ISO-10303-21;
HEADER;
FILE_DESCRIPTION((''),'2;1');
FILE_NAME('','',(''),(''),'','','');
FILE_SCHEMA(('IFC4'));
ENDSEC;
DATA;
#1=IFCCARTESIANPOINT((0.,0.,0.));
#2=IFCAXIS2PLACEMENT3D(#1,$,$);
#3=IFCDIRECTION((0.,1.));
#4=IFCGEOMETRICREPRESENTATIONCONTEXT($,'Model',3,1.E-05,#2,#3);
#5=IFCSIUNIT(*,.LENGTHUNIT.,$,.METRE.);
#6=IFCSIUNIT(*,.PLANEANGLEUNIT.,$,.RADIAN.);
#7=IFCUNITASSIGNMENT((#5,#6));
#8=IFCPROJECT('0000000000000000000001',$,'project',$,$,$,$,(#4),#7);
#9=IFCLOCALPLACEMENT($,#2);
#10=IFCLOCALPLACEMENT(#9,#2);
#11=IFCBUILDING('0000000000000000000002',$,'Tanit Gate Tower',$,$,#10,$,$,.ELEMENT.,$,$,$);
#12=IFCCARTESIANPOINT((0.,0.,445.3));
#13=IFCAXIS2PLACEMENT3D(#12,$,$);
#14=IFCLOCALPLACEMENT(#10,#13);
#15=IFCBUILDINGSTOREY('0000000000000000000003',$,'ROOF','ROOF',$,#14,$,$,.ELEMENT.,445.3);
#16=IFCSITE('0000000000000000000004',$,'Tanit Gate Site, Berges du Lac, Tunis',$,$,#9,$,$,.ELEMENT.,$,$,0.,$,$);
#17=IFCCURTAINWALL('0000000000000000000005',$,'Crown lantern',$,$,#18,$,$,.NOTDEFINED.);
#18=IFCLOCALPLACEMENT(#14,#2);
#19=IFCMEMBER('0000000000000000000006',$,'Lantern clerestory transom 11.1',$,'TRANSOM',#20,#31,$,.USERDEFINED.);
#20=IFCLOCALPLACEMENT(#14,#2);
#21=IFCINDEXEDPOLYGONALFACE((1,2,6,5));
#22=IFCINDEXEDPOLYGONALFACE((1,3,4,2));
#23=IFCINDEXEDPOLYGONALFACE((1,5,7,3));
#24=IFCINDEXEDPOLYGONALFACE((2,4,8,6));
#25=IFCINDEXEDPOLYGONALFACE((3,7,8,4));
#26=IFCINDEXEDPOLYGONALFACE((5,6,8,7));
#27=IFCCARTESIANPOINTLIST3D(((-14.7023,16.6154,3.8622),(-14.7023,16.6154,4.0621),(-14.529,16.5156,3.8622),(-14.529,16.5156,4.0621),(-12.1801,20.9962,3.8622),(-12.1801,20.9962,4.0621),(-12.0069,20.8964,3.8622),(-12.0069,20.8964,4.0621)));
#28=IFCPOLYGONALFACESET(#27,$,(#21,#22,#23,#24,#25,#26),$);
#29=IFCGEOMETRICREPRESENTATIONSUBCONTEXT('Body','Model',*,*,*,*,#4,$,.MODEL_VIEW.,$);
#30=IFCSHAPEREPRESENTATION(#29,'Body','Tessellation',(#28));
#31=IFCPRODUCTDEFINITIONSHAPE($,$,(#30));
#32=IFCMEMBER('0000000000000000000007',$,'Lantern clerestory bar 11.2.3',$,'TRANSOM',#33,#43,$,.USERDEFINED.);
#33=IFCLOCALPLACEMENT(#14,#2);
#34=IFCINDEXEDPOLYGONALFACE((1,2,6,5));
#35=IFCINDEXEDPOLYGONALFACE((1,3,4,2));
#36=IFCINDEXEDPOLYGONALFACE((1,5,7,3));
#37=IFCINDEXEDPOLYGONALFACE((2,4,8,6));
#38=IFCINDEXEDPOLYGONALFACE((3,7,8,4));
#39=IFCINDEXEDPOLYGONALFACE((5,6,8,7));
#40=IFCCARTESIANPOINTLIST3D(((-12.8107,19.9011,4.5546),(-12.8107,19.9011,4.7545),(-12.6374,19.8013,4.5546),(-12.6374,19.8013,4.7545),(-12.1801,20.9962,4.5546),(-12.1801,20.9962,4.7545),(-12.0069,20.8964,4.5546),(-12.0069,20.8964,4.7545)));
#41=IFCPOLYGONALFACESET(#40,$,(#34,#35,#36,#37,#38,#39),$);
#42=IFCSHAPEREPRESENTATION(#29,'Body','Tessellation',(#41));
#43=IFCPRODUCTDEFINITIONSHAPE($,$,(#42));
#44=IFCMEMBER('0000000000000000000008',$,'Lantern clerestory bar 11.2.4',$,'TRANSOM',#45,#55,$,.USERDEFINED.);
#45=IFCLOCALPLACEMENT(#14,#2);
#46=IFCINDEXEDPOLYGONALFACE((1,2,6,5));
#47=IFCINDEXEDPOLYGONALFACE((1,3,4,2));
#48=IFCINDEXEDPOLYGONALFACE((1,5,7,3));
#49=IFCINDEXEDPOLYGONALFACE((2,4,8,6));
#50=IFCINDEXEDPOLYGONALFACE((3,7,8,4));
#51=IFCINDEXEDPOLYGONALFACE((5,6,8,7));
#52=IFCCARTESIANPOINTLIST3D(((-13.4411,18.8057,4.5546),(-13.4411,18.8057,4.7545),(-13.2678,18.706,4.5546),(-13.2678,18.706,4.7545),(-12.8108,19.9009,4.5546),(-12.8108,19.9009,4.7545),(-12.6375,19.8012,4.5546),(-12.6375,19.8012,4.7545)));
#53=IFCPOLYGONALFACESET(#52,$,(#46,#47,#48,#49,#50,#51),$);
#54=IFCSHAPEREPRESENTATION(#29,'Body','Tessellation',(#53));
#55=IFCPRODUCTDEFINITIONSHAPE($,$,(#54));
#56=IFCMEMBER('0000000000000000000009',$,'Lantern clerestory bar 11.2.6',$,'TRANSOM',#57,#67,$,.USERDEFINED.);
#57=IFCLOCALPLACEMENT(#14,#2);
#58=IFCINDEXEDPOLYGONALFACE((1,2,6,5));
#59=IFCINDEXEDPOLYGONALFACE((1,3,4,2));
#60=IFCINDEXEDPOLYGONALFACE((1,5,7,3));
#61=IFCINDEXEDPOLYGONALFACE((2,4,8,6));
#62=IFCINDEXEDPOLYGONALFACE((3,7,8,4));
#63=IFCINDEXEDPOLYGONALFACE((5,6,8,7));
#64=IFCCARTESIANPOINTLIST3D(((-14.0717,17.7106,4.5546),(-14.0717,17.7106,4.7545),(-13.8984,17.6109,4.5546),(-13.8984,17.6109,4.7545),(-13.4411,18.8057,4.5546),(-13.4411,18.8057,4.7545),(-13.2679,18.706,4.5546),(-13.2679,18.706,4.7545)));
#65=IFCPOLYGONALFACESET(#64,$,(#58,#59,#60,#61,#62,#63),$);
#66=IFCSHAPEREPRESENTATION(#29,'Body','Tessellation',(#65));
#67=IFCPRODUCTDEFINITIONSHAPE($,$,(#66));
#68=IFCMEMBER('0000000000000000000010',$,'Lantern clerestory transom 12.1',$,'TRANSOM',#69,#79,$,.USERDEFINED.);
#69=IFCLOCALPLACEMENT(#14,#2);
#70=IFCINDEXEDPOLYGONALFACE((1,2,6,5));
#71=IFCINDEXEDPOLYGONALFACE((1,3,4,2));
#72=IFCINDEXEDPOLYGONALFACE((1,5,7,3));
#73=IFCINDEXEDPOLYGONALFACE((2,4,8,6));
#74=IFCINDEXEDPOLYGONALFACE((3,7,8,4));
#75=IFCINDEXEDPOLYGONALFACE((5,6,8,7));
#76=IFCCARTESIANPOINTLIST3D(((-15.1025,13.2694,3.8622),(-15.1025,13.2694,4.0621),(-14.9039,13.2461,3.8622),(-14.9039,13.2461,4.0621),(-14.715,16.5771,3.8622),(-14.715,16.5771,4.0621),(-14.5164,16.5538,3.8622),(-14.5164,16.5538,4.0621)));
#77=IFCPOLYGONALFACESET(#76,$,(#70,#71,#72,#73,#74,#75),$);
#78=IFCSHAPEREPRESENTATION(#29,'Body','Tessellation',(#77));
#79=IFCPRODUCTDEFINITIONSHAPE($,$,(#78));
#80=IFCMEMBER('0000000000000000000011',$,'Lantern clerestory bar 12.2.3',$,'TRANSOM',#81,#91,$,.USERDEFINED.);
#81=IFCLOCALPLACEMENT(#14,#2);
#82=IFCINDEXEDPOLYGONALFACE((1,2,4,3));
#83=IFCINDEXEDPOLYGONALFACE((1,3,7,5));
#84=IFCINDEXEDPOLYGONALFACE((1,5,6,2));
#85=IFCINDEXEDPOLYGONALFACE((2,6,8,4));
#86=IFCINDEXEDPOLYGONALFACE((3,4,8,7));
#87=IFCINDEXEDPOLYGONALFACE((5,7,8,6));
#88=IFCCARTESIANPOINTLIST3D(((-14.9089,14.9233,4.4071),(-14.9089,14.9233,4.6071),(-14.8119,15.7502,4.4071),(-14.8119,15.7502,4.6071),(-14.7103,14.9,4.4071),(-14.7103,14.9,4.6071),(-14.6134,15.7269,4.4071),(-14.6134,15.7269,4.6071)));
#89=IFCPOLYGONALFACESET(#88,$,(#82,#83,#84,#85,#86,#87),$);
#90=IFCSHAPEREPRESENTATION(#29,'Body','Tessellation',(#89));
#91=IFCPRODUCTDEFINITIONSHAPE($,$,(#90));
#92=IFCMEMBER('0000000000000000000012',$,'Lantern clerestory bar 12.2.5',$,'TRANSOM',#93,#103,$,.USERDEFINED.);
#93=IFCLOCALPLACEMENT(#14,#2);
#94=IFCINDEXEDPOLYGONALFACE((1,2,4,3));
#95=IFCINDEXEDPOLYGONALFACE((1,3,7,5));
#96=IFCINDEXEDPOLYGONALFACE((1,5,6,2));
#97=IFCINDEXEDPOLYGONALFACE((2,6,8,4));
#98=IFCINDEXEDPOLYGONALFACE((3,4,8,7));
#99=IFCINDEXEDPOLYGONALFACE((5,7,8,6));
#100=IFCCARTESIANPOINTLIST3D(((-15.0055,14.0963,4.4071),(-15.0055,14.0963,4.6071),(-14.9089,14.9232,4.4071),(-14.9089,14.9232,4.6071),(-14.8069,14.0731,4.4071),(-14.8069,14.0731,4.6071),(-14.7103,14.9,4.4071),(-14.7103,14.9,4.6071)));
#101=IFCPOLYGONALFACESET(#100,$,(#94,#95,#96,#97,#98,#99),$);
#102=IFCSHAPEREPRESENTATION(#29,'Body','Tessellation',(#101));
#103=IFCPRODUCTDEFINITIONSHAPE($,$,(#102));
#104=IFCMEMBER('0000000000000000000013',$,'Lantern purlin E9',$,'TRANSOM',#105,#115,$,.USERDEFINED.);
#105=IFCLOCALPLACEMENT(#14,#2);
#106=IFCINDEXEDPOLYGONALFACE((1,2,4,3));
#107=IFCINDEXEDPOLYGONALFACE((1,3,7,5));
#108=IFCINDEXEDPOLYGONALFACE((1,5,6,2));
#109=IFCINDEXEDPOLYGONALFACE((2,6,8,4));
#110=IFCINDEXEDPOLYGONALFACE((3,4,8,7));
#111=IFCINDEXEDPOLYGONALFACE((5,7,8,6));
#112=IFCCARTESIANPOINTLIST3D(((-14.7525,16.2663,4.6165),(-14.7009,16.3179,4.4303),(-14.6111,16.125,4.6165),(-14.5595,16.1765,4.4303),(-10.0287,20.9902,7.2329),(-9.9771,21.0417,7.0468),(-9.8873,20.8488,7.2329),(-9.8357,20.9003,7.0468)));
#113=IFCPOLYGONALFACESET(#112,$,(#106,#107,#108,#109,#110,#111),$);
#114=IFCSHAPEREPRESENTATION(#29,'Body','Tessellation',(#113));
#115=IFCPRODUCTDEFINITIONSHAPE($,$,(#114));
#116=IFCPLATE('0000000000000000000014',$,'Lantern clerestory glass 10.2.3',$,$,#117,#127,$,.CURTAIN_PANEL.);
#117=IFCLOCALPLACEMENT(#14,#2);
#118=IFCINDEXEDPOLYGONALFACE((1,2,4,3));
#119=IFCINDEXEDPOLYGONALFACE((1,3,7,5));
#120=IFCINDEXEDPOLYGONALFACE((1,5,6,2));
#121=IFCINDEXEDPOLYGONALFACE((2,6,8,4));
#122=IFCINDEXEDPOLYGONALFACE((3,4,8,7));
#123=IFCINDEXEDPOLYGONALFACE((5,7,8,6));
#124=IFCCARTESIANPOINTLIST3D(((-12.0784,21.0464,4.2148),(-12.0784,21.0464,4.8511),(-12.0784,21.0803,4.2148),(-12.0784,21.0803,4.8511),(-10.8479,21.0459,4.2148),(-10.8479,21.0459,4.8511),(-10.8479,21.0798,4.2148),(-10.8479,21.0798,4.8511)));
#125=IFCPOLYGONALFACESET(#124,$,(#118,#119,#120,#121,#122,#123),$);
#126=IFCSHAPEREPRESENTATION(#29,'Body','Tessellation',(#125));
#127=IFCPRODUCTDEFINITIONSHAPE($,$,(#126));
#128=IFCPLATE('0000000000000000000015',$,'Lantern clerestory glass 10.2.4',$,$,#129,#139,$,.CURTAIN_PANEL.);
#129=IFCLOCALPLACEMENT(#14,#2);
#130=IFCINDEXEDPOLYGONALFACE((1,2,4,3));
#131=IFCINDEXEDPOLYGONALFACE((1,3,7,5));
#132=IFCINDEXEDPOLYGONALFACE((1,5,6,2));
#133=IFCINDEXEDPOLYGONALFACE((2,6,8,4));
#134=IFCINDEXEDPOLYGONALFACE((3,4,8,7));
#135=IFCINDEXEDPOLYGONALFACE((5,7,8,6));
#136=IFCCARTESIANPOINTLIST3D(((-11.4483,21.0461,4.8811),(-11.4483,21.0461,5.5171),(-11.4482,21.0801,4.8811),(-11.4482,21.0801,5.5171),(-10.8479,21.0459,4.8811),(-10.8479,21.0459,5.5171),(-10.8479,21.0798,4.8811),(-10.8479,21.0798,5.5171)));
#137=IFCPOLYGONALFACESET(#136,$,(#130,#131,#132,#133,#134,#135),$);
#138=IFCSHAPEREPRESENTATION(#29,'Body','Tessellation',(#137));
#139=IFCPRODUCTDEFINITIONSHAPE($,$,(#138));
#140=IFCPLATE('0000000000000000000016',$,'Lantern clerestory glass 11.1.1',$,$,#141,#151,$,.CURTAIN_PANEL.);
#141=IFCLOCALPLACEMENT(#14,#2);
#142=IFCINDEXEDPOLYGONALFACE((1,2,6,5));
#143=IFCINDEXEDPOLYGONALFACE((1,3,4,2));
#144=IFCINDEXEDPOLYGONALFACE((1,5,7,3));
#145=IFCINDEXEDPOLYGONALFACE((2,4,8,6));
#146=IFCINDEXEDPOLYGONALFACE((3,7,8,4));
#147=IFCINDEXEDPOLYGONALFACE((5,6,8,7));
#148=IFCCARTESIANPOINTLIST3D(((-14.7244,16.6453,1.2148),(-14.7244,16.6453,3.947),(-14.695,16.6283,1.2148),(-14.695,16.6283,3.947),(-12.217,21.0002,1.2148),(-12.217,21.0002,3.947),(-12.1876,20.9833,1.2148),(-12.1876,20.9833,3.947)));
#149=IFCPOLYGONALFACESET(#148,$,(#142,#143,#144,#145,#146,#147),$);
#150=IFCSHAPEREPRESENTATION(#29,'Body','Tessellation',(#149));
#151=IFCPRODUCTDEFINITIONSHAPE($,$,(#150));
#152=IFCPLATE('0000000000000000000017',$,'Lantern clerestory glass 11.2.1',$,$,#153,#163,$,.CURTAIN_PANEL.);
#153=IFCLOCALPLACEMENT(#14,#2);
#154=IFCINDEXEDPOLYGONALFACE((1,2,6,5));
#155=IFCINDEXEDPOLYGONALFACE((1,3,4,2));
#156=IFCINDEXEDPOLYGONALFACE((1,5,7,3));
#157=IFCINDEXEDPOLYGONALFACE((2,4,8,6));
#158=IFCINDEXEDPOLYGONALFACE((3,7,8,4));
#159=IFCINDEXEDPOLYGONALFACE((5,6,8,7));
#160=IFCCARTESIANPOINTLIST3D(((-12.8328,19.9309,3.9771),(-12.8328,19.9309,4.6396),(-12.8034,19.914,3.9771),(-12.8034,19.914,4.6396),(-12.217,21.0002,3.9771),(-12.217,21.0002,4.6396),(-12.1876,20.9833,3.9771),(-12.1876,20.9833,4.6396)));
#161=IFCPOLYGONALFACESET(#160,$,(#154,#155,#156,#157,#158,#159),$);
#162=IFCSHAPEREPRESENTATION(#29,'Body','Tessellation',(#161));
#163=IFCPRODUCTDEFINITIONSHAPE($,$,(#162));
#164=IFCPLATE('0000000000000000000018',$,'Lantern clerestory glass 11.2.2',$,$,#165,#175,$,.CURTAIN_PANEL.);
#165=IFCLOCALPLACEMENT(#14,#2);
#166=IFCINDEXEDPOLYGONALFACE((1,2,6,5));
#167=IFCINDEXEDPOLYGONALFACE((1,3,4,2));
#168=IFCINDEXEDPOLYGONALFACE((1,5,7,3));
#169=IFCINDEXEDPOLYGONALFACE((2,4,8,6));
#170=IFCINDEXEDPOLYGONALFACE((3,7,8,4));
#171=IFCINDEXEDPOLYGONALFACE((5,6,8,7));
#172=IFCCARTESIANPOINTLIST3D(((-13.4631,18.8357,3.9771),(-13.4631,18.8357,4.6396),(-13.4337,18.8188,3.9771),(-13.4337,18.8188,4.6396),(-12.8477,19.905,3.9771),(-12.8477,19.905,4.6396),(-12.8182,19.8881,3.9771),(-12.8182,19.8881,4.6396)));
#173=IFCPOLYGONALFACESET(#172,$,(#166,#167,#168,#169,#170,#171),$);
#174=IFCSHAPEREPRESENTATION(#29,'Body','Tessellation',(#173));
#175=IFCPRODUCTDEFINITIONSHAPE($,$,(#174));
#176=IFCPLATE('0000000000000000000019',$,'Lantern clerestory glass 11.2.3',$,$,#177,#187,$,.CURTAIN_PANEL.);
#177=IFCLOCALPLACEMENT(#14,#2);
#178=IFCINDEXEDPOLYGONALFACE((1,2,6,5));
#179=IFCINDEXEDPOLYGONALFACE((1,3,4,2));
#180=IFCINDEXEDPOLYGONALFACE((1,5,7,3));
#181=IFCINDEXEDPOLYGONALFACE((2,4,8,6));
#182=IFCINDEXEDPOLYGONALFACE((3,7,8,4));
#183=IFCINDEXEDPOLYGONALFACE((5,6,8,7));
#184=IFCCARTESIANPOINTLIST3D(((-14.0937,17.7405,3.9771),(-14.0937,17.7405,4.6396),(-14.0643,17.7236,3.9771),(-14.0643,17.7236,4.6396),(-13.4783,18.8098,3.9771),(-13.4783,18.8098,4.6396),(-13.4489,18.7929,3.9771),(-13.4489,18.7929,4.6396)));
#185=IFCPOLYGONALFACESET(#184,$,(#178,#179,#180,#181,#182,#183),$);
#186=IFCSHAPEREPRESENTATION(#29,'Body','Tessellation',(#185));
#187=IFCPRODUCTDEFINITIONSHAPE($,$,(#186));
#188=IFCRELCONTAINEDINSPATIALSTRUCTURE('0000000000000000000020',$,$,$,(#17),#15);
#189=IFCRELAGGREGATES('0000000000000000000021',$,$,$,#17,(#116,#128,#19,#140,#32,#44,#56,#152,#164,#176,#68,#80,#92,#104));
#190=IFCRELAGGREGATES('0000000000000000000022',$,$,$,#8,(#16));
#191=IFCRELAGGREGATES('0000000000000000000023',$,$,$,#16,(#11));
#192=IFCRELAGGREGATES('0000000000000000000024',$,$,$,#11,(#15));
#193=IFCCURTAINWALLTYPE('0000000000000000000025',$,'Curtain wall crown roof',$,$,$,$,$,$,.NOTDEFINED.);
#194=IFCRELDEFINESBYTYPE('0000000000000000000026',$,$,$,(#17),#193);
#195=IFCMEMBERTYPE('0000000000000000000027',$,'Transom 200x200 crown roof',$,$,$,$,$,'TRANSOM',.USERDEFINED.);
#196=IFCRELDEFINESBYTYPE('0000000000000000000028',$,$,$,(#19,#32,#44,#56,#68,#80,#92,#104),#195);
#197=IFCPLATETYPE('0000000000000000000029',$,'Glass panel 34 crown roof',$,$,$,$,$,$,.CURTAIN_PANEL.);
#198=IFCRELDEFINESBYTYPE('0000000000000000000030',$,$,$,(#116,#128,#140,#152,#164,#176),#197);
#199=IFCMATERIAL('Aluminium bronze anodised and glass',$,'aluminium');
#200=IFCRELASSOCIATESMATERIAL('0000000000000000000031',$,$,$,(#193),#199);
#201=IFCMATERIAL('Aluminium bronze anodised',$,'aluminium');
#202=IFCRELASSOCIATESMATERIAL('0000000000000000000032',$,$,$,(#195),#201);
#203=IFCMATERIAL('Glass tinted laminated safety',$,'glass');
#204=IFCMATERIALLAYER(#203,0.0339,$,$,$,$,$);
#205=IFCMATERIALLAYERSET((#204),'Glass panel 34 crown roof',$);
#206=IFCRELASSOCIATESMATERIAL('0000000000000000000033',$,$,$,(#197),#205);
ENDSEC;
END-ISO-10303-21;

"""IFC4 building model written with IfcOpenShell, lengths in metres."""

from ifc_helpers import new_model, si_unit, direction, frame, origin, origin_2d, place, context, subcontext, project, spatial, polyline, rectangle, outline, extrude, material, layer, layer_set, material_profile, profile_set, type_object, element, aggregate, save


model = new_model("IFC4")

# Units and contexts
model_context = context("Model", 3, precision=1e-05, world=origin(), true_north=direction((0.0, 1.0)))
body_context = subcontext(model_context, "Body", "Model", "MODEL_VIEW")
ifc_project = project(units=[si_unit("LENGTHUNIT", "METRE"), si_unit("PLANEANGLEUNIT", "RADIAN")], contexts=[model_context])

# Site, building, storey
site_placement = place(None, origin())
site = spatial("IfcSite", under=ifc_project, at=site_placement, Name="Tanit Gate Site, Berges du Lac, Tunis", CompositionType="ELEMENT", RefElevation=0.0)
building_placement = place(site_placement, origin())
building = spatial("IfcBuilding", under=site, at=building_placement, Name="Tanit Gate Tower", CompositionType="ELEMENT")
storey_placement = place(building_placement, frame((0.0, 0.0, 445.3)))
storey = spatial("IfcBuildingStorey", under=building, at=storey_placement, Name="ROOF", Description="ROOF", CompositionType="ELEMENT", Elevation=445.3)

# Curtain wall, members, plates
ifc_material_1 = material(Name="Aluminium bronze anodised and glass", Category="aluminium")
curtain_wall_type = type_object("IfcCurtainWallType", Name="Curtain wall crown roof", PredefinedType="NOTDEFINED", material=ifc_material_1)
curtain_wall_placement = place(storey_placement, origin())
curtain_wall = element("IfcCurtainWall", 1, at=curtain_wall_placement, inside=storey, type_object=curtain_wall_type, Name="Crown lantern", PredefinedType="NOTDEFINED")
ifc_material_2 = material(Name="Aluminium bronze anodised", Category="aluminium")
ifc_material_profile_1 = material_profile(ifc_material_2, rectangle(XDim=0.2, YDim=0.2, at=origin_2d()), Name="200x200 bronze transom")
ifc_profile_set_1 = profile_set([ifc_material_profile_1], Name="Aluminium bronze anodised")
member_type_1 = type_object("IfcMemberType", Name="Transom 200x200 crown roof", ElementType="TRANSOM", PredefinedType="USERDEFINED", material=ifc_profile_set_1)
member_1_placement = place(storey_placement, frame((-12.0935, 20.9463, 3.9622), z_axis=(-0.49895, -0.866631, 0.0), x_axis=(0.866631, -0.49895, 0.0)))
member_1 = element("IfcMember", 2, at=member_1_placement, type_object=member_type_1, Name="Lantern clerestory transom 11.1", ObjectType="TRANSOM", PredefinedType="USERDEFINED", context=body_context, shape_type="SweptSolid", body=[
    extrude(rectangle(XDim=0.2, YDim=0.2, at=origin_2d()), origin(), (0.0, 0.0, 1.0), 5.0549),
])
member_2_placement = place(storey_placement, frame((-12.0935, 20.9463, 4.6545), z_axis=(-0.498986, -0.86661, 0.0), x_axis=(0.86661, -0.498986, 0.0)))
member_2 = element("IfcMember", 3, at=member_2_placement, type_object=member_type_1, Name="Lantern clerestory bar 11.2.3", ObjectType="TRANSOM", PredefinedType="USERDEFINED", context=body_context, shape_type="SweptSolid", body=[
    extrude(rectangle(XDim=0.2, YDim=0.2, at=origin_2d()), origin(), (0.0, 0.0, 1.0), 1.2637),
])
member_3_placement = place(storey_placement, frame((-12.7241, 19.8511, 4.6545), z_axis=(-0.498841, -0.866693, 0.0), x_axis=(0.866693, -0.498841, 0.0)))
member_3 = element("IfcMember", 4, at=member_3_placement, type_object=member_type_1, Name="Lantern clerestory bar 11.2.4", ObjectType="TRANSOM", PredefinedType="USERDEFINED", context=body_context, shape_type="SweptSolid", body=[
    extrude(rectangle(XDim=0.2, YDim=0.2, at=origin_2d()), origin(), (0.0, 0.0, 1.0), 1.2637),
])
member_4_placement = place(storey_placement, frame((-13.3545, 18.7559, 4.6545), z_axis=(-0.498986, -0.86661, 0.0), x_axis=(0.86661, -0.498986, 0.0)))
member_4 = element("IfcMember", 5, at=member_4_placement, type_object=member_type_1, Name="Lantern clerestory bar 11.2.6", ObjectType="TRANSOM", PredefinedType="USERDEFINED", context=body_context, shape_type="SweptSolid", body=[
    extrude(rectangle(XDim=0.2, YDim=0.2, at=origin_2d()), origin(), (0.0, 0.0, 1.0), 1.2637),
])
member_5_placement = place(storey_placement, frame((-14.6157, 16.5654, 3.9622), z_axis=(-0.116344, -0.993209, 0.0), x_axis=(0.993209, -0.116344, 0.0)))
member_5 = element("IfcMember", 6, at=member_5_placement, type_object=member_type_1, Name="Lantern clerestory transom 12.1", ObjectType="TRANSOM", PredefinedType="USERDEFINED", context=body_context, shape_type="SweptSolid", body=[
    extrude(rectangle(XDim=0.2, YDim=0.2, at=origin_2d()), origin(), (0.0, 0.0, 1.0), 3.3303),
])
member_6_placement = place(storey_placement, frame((-14.7126, 15.7385, 4.5071), z_axis=(-0.116416, -0.993201, 0.0), x_axis=(0.993201, -0.116416, 0.0)))
member_6 = element("IfcMember", 7, at=member_6_placement, type_object=member_type_1, Name="Lantern clerestory bar 12.2.3", ObjectType="TRANSOM", PredefinedType="USERDEFINED", context=body_context, shape_type="SweptSolid", body=[
    extrude(rectangle(XDim=0.2, YDim=0.2, at=origin_2d()), origin(), (0.0, 0.0, 1.0), 0.8325),
])
member_7_placement = place(storey_placement, frame((-14.8096, 14.9116, 4.5071), z_axis=(-0.116127, -0.993234, 0.0), x_axis=(0.993234, -0.116127, 0.0)))
member_7 = element("IfcMember", 8, at=member_7_placement, type_object=member_type_1, Name="Lantern clerestory bar 12.2.5", ObjectType="TRANSOM", PredefinedType="USERDEFINED", context=body_context, shape_type="SweptSolid", body=[
    extrude(rectangle(XDim=0.2, YDim=0.2, at=origin_2d()), origin(), (0.0, 0.0, 1.0), 0.8325),
])
member_8_placement = place(storey_placement, frame((-14.656, 16.2214, 4.5234), z_axis=(0.658411, 0.658411, 0.36468), x_axis=(-0.707107, 0.707107, 0.0)))
member_8 = element("IfcMember", 9, at=member_8_placement, type_object=member_type_1, Name="Lantern purlin E9", ObjectType="TRANSOM", PredefinedType="USERDEFINED", context=body_context, shape_type="SweptSolid", body=[
    extrude(rectangle(XDim=0.2, YDim=0.2, at=origin_2d()), origin(), (0.0, 0.0, 1.0), 7.1746),
])
ifc_material_3 = material(Name="Glass tinted laminated safety", Category="glass")
ifc_layer_1 = layer(ifc_material_3, 0.0339)
ifc_layer_set_1 = layer_set([ifc_layer_1], Name="Glass panel 34 crown roof")
plate_type = type_object("IfcPlateType", Name="Glass panel 34 crown roof", PredefinedType="CURTAIN_PANEL", material=ifc_layer_set_1)
plate_1_placement = place(storey_placement, frame((-10.8479, 21.0798, 4.2148), z_axis=(0.000397, 1.0, 0.0), x_axis=(-1.0, 0.000397, 0.0)))
plate_1 = element("IfcPlate", 10, at=plate_1_placement, type_object=plate_type, Name="Lantern clerestory glass 10.2.3", PredefinedType="CURTAIN_PANEL", context=body_context, shape_type="SweptSolid", body=[
    extrude(outline(polyline([(0.0, 0.0), (1.2305, 0.0), (1.2305, 0.6362), (0.0, 0.6362), (0.0, 0.0)])), origin(), (0.0, 0.0, -1.0), 0.0339),
])
plate_2_placement = place(storey_placement, frame((-10.8479, 21.0798, 4.8811), z_axis=(0.000407, 1.0, 0.0), x_axis=(-1.0, 0.000407, 0.0)))
plate_2 = element("IfcPlate", 11, at=plate_2_placement, type_object=plate_type, Name="Lantern clerestory glass 10.2.4", PredefinedType="CURTAIN_PANEL", context=body_context, shape_type="SweptSolid", body=[
    extrude(outline(polyline([(0.0, 0.0), (0.6003, 0.0), (0.6003, 0.636), (0.0, 0.636), (0.0, 0.0)])), origin(), (0.0, 0.0, -1.0), 0.0339),
])
plate_3_placement = place(storey_placement, frame((-12.217, 21.0002, 1.2148), z_axis=(-0.86663, 0.498951, 0.0), x_axis=(-0.498951, -0.86663, 0.0)))
plate_3 = element("IfcPlate", 12, at=plate_3_placement, type_object=plate_type, Name="Lantern clerestory glass 11.1.1", PredefinedType="CURTAIN_PANEL", context=body_context, shape_type="SweptSolid", body=[
    extrude(outline(polyline([(0.0, 0.0), (5.0252, 0.0), (5.0252, 2.7322), (0.0, 2.7322), (0.0, 0.0)])), origin(), (0.0, 0.0, -1.0), 0.0339),
])
plate_4_placement = place(storey_placement, frame((-12.217, 21.0002, 3.9771), z_axis=(-0.866607, 0.498991, 0.0), x_axis=(-0.498991, -0.866607, 0.0)))
plate_4 = element("IfcPlate", 13, at=plate_4_placement, type_object=plate_type, Name="Lantern clerestory glass 11.2.1", PredefinedType="CURTAIN_PANEL", context=body_context, shape_type="SweptSolid", body=[
    extrude(outline(polyline([(0.0, 0.0), (1.2339, 0.0), (1.2339, 0.6626), (0.0, 0.6626), (0.0, 0.0)])), origin(), (0.0, 0.0, -1.0), 0.0339),
])
plate_5_placement = place(storey_placement, frame((-12.8477, 19.905, 3.9771), z_axis=(-0.866692, 0.498843, 0.0), x_axis=(-0.498843, -0.866692, 0.0)))
plate_5 = element("IfcPlate", 14, at=plate_5_placement, type_object=plate_type, Name="Lantern clerestory glass 11.2.2", PredefinedType="CURTAIN_PANEL", context=body_context, shape_type="SweptSolid", body=[
    extrude(outline(polyline([(0.0, 0.0), (1.2338, 0.0), (1.2338, 0.6626), (0.0, 0.6626), (0.0, 0.0)])), origin(), (0.0, 0.0, -1.0), 0.0339),
])
plate_6_placement = place(storey_placement, frame((-13.4783, 18.8098, 3.9771), z_axis=(-0.866692, 0.498843, 0.0), x_axis=(-0.498843, -0.866692, 0.0)))
plate_6 = element("IfcPlate", 15, at=plate_6_placement, type_object=plate_type, Name="Lantern clerestory glass 11.2.3", PredefinedType="CURTAIN_PANEL", context=body_context, shape_type="SweptSolid", body=[
    extrude(outline(polyline([(0.0, 0.0), (1.2338, 0.0), (1.2338, 0.6626), (0.0, 0.6626), (0.0, 0.0)])), origin(), (0.0, 0.0, -1.0), 0.0339),
])
aggregate(curtain_wall, [plate_1, plate_2, member_1, plate_3, member_2, member_3, member_4, plate_4, plate_5, plate_6, member_5, member_6, member_7, member_8])

save(model, "model.ifc")
